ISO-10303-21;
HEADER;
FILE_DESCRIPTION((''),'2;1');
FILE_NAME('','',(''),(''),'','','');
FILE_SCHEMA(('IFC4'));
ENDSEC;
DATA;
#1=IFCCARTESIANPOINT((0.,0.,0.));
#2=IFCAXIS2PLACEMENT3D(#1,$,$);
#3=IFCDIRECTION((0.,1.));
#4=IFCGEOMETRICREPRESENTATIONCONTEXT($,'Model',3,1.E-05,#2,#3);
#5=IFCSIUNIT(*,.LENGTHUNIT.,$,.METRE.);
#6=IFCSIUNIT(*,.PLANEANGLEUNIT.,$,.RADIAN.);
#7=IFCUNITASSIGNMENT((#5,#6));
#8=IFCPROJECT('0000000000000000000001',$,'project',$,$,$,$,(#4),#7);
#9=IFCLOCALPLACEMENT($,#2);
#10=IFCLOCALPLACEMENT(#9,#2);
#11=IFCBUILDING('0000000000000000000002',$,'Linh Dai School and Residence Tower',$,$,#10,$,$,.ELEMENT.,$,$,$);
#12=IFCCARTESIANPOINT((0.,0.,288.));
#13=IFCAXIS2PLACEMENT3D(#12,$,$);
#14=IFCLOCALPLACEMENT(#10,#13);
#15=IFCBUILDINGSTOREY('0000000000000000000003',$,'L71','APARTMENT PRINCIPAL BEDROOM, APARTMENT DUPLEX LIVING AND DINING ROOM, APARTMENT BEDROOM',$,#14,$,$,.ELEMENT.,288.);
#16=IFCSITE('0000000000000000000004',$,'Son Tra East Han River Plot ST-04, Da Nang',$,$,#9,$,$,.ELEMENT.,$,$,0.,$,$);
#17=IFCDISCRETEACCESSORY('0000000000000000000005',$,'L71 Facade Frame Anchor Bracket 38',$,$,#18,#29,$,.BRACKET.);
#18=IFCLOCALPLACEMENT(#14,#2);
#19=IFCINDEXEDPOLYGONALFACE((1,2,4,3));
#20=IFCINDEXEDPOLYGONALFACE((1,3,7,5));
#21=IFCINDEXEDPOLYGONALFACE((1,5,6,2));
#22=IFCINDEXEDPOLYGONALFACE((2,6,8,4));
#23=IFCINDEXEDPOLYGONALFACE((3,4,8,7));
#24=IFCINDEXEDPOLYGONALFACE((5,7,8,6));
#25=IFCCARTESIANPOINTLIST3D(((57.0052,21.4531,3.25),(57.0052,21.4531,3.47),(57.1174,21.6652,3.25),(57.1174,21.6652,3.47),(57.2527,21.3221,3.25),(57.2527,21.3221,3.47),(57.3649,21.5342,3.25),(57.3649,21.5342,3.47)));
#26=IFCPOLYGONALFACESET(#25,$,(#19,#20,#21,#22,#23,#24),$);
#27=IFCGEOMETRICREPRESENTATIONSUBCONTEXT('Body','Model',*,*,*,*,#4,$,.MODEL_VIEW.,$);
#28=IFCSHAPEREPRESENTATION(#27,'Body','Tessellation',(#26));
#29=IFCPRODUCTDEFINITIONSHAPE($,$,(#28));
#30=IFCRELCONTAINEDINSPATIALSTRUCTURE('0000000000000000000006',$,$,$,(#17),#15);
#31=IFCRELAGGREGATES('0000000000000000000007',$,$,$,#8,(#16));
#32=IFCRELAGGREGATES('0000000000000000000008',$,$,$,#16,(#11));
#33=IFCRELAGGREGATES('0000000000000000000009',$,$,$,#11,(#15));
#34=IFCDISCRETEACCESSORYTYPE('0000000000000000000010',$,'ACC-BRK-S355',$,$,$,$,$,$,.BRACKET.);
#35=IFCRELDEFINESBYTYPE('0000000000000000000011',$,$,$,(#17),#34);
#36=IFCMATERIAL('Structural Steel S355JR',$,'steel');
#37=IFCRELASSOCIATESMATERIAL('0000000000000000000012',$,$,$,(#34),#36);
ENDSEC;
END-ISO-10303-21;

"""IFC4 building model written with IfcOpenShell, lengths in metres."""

from ifc_helpers import new_model, si_unit, direction, frame, origin, origin_2d, place, context, subcontext, project, spatial, rectangle, extrude, source, transform, mapped, material, type_object, element, save


model = new_model("IFC4")

# Units and contexts
model_context = context("Model", 3, precision=1e-05, world=origin(), true_north=direction((0.0, 1.0)))
body_context = subcontext(model_context, "Body", "Model", "MODEL_VIEW")
ifc_project = project(units=[si_unit("LENGTHUNIT", "METRE"), si_unit("PLANEANGLEUNIT", "RADIAN")], contexts=[model_context])

# Site, building, storey
site_placement = place(None, origin())
site = spatial("IfcSite", under=ifc_project, at=site_placement, Name="Son Tra East Han River Plot ST-04, Da Nang", CompositionType="ELEMENT", RefElevation=0.0)
building_placement = place(site_placement, origin())
building = spatial("IfcBuilding", under=site, at=building_placement, Name="Linh Dai School and Residence Tower", CompositionType="ELEMENT")
storey_placement = place(building_placement, frame((0.0, 0.0, 288.0)))
storey = spatial("IfcBuildingStorey", under=building, at=storey_placement, Name="L71", Description="APARTMENT PRINCIPAL BEDROOM, APARTMENT DUPLEX LIVING AND DINING ROOM, APARTMENT BEDROOM", CompositionType="ELEMENT", Elevation=288.0)

# Shared definitions
ifc_material_1 = material(Name="Structural Steel S355JR", Category="steel")

# Discrete accessory
discrete_accessory_type = type_object("IfcDiscreteAccessoryType", Name="ACC-BRK-S355", PredefinedType="BRACKET", material=ifc_material_1)
shared_shape_1 = source(origin(), body_context, "Body", "SweptSolid", [
    extrude(rectangle(XDim=0.28, YDim=0.24, at=origin_2d()), origin(), (0.0, 0.0, 1.0), 0.22),
])
discrete_accessory_placement = place(storey_placement, frame((57.1851, 21.4937, 3.25), z_axis=(0.0, 0.0, 1.0), x_axis=(0.883938, -0.467604, 0.0)))
element("IfcDiscreteAccessory", 1, at=discrete_accessory_placement, inside=storey, type_object=discrete_accessory_type, Name="L71 Facade Frame Anchor Bracket 38", PredefinedType="BRACKET", context=body_context, shape_type="MappedRepresentation", body=[
    mapped(shared_shape_1, transform((0.0, 0.0, 0.0), x_axis=(1.0, 0.0, 0.0), y_axis=(0.0, 1.0, 0.0), z_axis=(0.0, 0.0, 1.0), scale=1.0)),
])

save(model, "model.ifc")
